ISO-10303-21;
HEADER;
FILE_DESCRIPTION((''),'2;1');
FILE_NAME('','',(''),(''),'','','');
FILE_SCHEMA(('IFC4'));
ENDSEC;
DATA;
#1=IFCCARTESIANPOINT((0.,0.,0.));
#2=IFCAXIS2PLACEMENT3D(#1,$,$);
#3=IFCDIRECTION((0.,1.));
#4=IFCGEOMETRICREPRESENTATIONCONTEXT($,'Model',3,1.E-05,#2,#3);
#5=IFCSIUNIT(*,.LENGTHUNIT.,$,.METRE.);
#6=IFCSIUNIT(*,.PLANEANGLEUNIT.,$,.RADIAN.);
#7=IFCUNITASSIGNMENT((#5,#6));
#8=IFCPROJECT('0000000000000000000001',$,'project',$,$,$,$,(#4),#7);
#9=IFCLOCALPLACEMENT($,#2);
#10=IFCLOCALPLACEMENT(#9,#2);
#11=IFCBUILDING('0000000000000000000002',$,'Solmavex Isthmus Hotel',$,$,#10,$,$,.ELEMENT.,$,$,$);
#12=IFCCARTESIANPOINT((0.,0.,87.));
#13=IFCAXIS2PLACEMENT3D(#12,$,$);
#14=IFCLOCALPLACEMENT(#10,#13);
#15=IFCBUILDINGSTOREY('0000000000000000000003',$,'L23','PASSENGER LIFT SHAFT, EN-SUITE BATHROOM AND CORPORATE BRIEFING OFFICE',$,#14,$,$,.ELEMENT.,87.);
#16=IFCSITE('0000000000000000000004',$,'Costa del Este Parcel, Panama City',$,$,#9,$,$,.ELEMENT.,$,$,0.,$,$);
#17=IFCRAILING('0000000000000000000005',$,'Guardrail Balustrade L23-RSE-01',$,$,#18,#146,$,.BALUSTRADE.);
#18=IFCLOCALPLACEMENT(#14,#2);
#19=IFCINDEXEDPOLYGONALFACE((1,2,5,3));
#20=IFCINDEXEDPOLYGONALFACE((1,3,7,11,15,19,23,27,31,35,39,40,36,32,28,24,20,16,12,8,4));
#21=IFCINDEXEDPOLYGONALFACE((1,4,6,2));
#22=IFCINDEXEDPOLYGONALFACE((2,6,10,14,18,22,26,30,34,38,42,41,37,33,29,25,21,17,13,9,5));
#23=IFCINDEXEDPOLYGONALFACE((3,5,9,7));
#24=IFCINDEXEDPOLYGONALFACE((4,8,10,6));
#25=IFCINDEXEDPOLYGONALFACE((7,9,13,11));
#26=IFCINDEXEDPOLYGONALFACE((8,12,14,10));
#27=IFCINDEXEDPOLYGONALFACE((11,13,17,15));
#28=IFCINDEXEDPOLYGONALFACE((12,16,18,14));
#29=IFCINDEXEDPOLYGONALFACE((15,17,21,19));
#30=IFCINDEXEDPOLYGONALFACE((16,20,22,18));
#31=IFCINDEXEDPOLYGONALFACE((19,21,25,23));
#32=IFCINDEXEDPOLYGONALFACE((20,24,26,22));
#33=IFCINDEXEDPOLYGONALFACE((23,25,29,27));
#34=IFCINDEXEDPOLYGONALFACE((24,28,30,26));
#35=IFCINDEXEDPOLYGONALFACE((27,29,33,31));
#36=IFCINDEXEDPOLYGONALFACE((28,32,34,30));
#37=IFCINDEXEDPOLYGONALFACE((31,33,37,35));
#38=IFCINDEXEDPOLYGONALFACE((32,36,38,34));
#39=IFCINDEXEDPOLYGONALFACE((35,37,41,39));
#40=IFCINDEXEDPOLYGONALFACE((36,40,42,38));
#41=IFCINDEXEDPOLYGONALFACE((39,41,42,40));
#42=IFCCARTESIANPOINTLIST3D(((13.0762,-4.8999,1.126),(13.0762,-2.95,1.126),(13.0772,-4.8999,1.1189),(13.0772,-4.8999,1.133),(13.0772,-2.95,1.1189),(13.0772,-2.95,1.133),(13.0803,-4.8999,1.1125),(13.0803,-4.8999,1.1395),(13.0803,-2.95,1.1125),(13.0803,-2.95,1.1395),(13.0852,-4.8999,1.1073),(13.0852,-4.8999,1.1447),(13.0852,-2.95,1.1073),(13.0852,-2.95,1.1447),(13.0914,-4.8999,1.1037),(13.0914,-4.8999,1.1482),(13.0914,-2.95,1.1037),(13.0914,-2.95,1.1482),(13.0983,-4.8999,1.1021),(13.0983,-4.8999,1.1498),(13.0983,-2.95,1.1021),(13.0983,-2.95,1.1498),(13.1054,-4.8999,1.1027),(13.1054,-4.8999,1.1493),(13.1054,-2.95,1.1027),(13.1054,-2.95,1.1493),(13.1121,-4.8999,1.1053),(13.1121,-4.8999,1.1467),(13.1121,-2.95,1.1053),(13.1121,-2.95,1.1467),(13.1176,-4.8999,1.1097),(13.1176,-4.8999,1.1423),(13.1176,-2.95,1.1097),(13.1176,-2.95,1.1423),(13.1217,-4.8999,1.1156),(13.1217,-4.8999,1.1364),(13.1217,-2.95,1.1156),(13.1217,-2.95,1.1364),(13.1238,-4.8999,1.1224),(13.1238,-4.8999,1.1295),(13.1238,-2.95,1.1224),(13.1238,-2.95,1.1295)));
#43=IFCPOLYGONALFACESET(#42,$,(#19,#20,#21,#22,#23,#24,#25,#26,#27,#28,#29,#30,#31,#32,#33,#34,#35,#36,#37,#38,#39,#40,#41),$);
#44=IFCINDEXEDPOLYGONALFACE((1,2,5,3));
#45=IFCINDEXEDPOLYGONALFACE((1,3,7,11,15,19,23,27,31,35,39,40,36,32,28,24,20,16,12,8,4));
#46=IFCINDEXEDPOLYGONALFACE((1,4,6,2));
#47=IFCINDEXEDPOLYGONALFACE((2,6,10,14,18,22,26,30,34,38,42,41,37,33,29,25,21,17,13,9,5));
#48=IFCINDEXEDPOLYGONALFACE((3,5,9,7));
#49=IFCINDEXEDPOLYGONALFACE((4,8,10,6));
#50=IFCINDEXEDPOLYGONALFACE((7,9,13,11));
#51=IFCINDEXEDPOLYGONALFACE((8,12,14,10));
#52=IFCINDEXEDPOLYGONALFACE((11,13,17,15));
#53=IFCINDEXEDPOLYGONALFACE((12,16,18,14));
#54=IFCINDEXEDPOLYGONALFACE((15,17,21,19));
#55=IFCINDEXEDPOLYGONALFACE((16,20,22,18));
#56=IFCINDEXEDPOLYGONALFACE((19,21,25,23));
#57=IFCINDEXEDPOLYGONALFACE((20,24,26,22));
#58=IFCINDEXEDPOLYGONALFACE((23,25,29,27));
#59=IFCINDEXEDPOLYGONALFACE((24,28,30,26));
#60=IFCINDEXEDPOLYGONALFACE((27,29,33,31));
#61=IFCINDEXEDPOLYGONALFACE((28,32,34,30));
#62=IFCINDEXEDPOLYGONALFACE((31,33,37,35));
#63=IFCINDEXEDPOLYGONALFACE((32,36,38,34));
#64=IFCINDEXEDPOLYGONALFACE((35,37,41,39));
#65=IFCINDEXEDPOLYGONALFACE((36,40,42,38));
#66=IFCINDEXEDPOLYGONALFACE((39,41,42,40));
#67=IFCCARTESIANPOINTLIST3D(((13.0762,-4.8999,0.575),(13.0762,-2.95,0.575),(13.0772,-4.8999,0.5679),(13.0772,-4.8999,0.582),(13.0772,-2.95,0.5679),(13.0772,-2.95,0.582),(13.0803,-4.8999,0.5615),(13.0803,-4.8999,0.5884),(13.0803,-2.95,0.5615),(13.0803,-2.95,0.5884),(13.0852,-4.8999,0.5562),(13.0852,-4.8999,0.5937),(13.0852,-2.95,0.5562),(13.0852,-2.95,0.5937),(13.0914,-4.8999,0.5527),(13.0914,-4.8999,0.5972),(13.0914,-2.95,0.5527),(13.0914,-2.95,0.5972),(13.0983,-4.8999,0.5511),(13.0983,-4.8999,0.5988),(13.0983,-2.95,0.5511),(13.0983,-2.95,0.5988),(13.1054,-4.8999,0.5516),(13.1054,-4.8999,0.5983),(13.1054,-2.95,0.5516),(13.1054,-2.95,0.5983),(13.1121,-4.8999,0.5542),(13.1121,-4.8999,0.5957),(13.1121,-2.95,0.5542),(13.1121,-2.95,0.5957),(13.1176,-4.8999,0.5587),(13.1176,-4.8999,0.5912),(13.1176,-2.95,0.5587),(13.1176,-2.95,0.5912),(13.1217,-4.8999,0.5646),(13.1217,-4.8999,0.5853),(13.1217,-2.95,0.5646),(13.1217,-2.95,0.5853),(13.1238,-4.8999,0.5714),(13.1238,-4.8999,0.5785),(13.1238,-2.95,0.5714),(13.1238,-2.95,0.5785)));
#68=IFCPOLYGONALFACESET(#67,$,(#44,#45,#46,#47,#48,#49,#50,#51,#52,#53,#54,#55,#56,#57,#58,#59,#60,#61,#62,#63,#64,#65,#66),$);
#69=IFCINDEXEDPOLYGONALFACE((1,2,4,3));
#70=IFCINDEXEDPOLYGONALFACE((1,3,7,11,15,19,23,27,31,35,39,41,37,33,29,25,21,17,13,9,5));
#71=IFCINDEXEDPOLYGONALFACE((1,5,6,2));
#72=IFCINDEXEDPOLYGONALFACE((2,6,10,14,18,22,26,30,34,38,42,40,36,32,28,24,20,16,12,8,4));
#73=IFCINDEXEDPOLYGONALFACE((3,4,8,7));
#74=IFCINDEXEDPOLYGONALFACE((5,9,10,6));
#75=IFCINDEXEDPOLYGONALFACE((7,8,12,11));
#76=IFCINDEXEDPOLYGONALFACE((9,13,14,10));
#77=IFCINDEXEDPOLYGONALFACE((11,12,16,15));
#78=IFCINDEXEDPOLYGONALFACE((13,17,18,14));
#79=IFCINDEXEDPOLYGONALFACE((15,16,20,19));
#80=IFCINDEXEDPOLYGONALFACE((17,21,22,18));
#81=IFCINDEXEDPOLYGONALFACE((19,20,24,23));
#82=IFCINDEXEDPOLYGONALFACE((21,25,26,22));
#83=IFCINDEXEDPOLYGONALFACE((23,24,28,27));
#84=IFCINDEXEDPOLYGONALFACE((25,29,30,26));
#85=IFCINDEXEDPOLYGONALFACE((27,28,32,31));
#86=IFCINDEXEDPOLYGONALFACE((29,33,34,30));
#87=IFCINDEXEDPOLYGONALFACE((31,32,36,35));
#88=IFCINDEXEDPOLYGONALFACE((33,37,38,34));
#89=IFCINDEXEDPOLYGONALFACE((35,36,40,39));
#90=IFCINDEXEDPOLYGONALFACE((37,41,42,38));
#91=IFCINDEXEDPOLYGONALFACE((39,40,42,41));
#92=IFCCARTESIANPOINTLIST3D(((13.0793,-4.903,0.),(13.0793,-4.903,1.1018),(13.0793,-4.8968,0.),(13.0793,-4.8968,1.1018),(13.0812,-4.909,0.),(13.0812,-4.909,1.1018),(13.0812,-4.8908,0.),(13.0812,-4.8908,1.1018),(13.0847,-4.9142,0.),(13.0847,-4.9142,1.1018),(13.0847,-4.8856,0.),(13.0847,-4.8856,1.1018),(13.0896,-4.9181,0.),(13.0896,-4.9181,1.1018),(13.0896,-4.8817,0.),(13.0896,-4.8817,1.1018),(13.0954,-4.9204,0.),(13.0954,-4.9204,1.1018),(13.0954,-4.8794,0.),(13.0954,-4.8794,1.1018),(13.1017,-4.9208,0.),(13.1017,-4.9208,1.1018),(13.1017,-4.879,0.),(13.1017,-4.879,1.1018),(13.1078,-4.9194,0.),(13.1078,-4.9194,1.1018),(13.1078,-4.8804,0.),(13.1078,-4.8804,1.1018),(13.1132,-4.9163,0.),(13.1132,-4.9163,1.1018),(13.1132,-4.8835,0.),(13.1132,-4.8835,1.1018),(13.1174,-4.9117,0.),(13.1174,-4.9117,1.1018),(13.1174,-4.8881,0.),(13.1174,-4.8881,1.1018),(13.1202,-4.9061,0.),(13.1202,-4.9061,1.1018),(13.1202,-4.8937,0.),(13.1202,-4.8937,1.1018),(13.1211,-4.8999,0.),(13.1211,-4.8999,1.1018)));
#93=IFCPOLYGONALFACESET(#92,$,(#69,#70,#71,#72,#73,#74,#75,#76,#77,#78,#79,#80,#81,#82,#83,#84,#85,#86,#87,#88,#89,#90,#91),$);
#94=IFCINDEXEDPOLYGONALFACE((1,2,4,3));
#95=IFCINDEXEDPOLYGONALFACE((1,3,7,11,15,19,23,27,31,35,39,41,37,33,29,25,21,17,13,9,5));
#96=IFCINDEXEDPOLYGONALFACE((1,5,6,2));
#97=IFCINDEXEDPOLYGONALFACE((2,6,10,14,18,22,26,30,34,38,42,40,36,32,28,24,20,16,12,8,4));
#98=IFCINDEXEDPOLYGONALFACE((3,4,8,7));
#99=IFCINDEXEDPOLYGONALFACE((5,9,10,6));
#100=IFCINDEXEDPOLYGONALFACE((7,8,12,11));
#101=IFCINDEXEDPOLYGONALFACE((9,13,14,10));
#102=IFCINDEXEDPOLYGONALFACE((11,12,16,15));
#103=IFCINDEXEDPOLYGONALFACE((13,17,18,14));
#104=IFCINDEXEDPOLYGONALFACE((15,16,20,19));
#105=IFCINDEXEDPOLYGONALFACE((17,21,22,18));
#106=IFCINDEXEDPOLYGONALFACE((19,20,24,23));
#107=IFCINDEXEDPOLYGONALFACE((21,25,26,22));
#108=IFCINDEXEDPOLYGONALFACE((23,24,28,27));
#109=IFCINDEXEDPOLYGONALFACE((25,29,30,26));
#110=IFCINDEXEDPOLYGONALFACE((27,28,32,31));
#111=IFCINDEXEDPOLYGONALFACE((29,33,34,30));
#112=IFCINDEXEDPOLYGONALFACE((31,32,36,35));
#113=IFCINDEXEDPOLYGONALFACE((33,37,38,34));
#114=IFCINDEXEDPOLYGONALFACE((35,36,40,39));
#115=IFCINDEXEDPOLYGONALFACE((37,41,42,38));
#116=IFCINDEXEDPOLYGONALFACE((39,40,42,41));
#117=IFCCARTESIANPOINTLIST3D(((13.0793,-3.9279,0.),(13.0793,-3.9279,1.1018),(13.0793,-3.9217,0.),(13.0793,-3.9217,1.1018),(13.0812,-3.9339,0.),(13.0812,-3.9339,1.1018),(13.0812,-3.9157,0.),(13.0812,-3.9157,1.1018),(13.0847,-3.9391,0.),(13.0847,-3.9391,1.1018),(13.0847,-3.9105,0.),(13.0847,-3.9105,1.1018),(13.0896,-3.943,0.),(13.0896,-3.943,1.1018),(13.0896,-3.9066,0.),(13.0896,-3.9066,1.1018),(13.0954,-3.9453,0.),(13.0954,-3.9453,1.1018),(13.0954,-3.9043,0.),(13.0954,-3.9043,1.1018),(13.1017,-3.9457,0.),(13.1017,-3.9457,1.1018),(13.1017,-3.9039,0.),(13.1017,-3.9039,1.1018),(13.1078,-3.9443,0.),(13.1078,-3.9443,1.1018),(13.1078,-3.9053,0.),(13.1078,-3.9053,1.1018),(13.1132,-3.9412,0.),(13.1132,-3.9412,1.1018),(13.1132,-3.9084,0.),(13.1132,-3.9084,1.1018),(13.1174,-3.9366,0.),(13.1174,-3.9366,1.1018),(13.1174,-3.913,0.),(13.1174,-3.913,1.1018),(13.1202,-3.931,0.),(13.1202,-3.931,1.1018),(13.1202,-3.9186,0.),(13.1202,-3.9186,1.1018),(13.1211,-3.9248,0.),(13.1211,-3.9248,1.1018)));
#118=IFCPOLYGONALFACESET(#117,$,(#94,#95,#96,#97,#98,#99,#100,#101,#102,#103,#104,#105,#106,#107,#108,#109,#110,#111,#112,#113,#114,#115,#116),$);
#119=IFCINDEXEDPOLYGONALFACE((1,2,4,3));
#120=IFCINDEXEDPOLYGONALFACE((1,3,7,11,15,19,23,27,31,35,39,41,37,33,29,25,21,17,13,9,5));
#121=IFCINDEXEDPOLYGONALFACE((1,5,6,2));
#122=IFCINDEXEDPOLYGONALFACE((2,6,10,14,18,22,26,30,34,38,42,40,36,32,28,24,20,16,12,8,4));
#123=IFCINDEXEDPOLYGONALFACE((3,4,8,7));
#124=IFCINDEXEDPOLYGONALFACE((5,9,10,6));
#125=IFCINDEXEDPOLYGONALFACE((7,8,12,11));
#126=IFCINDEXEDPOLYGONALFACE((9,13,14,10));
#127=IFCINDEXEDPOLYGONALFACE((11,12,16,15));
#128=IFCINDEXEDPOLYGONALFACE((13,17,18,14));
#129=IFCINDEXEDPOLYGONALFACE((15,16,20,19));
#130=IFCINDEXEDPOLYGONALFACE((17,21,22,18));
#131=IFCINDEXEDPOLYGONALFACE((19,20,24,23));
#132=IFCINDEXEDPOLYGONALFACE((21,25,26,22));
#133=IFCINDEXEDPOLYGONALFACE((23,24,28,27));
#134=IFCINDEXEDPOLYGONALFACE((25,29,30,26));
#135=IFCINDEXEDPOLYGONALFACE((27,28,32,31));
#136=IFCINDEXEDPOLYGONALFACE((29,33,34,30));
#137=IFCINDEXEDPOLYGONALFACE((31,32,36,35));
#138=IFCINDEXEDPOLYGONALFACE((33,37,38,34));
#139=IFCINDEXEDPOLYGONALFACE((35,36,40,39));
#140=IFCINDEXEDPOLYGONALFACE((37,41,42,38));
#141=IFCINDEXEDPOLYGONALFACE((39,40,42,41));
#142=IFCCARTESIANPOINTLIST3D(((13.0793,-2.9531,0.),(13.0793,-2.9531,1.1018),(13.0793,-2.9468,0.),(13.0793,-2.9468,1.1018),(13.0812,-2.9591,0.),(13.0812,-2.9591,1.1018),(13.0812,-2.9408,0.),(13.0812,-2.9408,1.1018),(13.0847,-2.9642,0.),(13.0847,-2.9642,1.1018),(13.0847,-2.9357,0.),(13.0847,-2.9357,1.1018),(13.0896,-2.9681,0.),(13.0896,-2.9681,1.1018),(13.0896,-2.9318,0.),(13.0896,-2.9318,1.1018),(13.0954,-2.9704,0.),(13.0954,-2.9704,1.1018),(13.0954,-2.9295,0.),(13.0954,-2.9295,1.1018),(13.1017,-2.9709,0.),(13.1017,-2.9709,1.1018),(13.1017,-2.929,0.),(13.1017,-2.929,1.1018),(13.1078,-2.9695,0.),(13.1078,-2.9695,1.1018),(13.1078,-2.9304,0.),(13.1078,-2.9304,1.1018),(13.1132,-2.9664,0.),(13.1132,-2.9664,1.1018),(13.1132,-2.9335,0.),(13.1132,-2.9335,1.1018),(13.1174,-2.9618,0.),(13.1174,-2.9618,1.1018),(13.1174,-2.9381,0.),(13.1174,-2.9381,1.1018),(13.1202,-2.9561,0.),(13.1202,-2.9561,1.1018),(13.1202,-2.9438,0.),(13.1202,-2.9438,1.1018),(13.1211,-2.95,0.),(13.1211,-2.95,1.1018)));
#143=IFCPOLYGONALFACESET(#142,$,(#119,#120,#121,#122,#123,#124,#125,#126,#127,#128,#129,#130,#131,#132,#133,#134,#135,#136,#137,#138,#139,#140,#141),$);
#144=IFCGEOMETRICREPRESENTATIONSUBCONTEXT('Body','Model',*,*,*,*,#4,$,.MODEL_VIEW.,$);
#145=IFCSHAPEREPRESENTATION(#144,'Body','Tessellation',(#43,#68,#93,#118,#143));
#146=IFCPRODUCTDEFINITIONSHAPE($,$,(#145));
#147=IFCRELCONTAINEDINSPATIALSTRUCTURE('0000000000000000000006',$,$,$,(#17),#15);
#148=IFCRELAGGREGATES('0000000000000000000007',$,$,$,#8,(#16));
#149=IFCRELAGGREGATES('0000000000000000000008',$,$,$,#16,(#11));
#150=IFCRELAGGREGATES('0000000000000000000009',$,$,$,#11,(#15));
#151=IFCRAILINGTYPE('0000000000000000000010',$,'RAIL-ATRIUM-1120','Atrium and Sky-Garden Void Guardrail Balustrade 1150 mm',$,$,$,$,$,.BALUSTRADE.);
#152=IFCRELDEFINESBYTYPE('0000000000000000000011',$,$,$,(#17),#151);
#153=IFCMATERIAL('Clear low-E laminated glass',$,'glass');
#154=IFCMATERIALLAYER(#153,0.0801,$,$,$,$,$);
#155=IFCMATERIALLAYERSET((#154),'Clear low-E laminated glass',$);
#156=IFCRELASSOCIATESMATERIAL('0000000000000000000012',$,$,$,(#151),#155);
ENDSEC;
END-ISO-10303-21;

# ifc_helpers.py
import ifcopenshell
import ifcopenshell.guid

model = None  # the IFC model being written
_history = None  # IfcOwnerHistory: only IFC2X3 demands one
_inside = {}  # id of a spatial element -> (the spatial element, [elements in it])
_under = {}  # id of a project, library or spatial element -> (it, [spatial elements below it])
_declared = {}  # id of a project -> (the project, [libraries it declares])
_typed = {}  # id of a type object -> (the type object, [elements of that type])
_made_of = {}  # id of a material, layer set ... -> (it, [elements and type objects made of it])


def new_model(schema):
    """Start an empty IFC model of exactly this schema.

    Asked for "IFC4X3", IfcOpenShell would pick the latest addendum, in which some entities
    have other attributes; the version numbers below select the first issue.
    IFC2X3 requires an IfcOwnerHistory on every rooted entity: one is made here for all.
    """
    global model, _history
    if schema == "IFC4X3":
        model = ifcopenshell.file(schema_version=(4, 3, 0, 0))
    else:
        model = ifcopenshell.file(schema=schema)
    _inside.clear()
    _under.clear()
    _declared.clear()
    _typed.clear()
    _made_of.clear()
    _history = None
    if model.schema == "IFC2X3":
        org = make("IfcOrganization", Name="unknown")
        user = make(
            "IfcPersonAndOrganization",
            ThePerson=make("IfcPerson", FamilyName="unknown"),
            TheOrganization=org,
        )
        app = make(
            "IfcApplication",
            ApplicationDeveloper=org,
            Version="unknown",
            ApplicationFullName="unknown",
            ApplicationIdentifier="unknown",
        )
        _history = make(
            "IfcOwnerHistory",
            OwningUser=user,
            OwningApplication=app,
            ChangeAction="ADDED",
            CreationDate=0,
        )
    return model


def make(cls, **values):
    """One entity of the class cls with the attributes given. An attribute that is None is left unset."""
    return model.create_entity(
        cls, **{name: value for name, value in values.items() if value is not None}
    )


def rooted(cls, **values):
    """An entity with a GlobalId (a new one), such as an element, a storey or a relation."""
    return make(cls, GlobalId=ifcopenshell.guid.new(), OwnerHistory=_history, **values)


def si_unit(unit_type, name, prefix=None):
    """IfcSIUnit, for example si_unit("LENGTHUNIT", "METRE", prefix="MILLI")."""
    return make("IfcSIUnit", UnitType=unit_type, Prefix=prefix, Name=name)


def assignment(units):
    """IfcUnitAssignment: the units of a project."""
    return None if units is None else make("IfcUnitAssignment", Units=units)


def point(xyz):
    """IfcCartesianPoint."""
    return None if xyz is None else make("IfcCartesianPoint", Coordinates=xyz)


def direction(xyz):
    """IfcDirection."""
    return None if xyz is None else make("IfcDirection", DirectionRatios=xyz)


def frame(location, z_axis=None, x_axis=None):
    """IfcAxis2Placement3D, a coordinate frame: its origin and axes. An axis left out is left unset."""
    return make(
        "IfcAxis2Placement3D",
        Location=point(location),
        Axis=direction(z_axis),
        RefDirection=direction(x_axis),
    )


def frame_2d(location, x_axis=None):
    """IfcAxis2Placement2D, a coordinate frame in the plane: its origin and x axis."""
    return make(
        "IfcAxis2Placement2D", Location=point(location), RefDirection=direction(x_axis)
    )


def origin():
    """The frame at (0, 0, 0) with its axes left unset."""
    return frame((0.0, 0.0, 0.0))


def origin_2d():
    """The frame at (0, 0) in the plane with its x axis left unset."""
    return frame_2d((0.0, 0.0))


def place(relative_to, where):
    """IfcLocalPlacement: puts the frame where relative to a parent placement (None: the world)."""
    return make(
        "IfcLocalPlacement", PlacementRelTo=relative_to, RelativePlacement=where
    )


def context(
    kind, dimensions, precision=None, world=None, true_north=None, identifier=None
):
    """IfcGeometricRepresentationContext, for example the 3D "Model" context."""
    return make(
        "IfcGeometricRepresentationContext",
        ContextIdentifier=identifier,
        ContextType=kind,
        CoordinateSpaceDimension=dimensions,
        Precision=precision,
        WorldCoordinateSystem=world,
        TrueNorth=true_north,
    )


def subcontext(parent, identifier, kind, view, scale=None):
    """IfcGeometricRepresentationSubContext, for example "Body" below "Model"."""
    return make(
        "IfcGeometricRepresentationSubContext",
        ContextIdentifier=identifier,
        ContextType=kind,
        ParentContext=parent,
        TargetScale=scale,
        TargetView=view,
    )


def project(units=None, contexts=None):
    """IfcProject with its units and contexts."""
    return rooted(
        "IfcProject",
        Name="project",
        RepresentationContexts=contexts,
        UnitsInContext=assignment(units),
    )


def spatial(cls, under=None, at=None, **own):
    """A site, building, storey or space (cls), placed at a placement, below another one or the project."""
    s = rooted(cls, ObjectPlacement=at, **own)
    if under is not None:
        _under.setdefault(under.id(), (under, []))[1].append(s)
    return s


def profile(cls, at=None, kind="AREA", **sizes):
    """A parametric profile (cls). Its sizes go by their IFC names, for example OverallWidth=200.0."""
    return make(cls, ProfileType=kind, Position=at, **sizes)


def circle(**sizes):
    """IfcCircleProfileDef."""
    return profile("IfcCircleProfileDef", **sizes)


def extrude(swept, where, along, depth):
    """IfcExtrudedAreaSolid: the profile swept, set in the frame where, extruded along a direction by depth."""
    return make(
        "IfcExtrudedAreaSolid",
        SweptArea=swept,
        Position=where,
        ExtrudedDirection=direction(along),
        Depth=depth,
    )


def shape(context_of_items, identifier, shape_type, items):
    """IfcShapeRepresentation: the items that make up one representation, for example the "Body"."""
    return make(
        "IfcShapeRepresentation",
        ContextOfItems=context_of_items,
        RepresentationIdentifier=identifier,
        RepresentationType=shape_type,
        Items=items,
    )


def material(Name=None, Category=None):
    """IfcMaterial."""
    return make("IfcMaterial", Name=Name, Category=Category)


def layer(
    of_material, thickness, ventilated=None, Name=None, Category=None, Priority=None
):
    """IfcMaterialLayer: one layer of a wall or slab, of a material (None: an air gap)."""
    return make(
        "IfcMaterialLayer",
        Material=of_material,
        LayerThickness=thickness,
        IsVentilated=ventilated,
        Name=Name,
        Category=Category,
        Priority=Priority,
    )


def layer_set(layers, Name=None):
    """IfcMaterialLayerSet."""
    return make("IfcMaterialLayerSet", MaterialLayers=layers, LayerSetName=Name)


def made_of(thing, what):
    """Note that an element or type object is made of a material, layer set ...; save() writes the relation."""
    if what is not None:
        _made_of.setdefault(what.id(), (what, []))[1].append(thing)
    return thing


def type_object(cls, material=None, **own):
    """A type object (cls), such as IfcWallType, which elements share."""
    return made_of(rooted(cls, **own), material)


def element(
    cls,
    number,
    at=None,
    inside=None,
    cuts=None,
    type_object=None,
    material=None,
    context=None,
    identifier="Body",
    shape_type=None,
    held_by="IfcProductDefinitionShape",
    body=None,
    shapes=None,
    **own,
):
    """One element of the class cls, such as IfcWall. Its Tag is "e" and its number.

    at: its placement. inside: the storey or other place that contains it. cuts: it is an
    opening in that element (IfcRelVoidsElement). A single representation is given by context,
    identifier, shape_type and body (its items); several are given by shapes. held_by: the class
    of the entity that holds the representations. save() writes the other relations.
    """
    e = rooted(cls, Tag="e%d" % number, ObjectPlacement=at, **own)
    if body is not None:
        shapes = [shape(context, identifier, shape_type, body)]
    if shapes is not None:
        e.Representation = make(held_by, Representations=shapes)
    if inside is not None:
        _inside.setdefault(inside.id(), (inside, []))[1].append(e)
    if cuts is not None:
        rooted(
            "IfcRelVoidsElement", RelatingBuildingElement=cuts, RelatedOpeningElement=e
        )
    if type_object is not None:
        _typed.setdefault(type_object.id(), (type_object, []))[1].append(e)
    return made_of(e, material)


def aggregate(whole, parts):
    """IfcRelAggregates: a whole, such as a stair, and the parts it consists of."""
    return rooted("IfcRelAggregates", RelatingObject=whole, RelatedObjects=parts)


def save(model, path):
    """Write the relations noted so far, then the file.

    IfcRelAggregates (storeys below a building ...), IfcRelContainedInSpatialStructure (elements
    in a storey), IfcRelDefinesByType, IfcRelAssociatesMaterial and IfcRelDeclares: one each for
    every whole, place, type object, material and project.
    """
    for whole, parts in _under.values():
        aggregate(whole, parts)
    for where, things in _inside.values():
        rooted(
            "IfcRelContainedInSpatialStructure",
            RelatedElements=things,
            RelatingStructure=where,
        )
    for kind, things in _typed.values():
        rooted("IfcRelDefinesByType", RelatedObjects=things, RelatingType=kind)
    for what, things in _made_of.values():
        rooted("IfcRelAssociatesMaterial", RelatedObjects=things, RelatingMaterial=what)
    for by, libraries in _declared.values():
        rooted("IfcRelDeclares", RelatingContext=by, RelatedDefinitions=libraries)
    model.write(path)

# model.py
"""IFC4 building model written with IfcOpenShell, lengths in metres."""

from ifc_helpers import new_model, si_unit, direction, frame, origin, origin_2d, place, context, subcontext, project, spatial, circle, extrude, material, layer, layer_set, type_object, element, save


model = new_model("IFC4")

# Units and contexts
model_context = context("Model", 3, precision=1e-05, world=origin(), true_north=direction((0.0, 1.0)))
body_context = subcontext(model_context, "Body", "Model", "MODEL_VIEW")
ifc_project = project(units=[si_unit("LENGTHUNIT", "METRE"), si_unit("PLANEANGLEUNIT", "RADIAN")], contexts=[model_context])

# Site, building, storey
site_placement = place(None, origin())
site = spatial("IfcSite", under=ifc_project, at=site_placement, Name="Costa del Este Parcel, Panama City", CompositionType="ELEMENT", RefElevation=0.0)
building_placement = place(site_placement, origin())
building = spatial("IfcBuilding", under=site, at=building_placement, Name="Solmavex Isthmus Hotel", CompositionType="ELEMENT")
storey_placement = place(building_placement, frame((0.0, 0.0, 87.0)))
storey = spatial("IfcBuildingStorey", under=building, at=storey_placement, Name="L23", Description="PASSENGER LIFT SHAFT, EN-SUITE BATHROOM AND CORPORATE BRIEFING OFFICE", CompositionType="ELEMENT", Elevation=87.0)

# Railing
ifc_material_1 = material(Name="Clear low-E laminated glass", Category="glass")
ifc_layer_1 = layer(ifc_material_1, 0.0801)
ifc_layer_set_1 = layer_set([ifc_layer_1], Name="Clear low-E laminated glass")
railing_type_1 = type_object("IfcRailingType", Name="RAIL-ATRIUM-1120", Description="Atrium and Sky-Garden Void Guardrail Balustrade 1150 mm", PredefinedType="BALUSTRADE", material=ifc_layer_set_1)
railing_1_placement = place(storey_placement, frame((13.1001, -4.8999, 0.0)))
element("IfcRailing", 1, at=railing_1_placement, inside=storey, type_object=railing_type_1, Name="Guardrail Balustrade L23-RSE-01", PredefinedType="BALUSTRADE", context=body_context, shape_type="SweptSolid", body=[
    extrude(circle(Radius=0.0239, at=origin_2d()), frame((0.0, 0.0, 1.126), z_axis=(0.0, 1.0, 0.0), x_axis=(-1.0, 0.0, 0.0)), (0.0, 0.0, 1.0), 1.95),
    extrude(circle(Radius=0.0239, at=origin_2d()), frame((0.0, 0.0, 0.575), z_axis=(0.0, 1.0, 0.0), x_axis=(-1.0, 0.0, 0.0)), (0.0, 0.0, 1.0), 1.95),
    extrude(circle(Radius=0.021, at=origin_2d()), origin(), (0.0, 0.0, 1.0), 1.1018),
    extrude(circle(Radius=0.021, at=origin_2d()), frame((0.0, 0.9751, 0.0)), (0.0, 0.0, 1.0), 1.1018),
    extrude(circle(Radius=0.021, at=origin_2d()), frame((0.0, 1.95, 0.0)), (0.0, 0.0, 1.0), 1.1018),
])

save(model, "model.ifc")
